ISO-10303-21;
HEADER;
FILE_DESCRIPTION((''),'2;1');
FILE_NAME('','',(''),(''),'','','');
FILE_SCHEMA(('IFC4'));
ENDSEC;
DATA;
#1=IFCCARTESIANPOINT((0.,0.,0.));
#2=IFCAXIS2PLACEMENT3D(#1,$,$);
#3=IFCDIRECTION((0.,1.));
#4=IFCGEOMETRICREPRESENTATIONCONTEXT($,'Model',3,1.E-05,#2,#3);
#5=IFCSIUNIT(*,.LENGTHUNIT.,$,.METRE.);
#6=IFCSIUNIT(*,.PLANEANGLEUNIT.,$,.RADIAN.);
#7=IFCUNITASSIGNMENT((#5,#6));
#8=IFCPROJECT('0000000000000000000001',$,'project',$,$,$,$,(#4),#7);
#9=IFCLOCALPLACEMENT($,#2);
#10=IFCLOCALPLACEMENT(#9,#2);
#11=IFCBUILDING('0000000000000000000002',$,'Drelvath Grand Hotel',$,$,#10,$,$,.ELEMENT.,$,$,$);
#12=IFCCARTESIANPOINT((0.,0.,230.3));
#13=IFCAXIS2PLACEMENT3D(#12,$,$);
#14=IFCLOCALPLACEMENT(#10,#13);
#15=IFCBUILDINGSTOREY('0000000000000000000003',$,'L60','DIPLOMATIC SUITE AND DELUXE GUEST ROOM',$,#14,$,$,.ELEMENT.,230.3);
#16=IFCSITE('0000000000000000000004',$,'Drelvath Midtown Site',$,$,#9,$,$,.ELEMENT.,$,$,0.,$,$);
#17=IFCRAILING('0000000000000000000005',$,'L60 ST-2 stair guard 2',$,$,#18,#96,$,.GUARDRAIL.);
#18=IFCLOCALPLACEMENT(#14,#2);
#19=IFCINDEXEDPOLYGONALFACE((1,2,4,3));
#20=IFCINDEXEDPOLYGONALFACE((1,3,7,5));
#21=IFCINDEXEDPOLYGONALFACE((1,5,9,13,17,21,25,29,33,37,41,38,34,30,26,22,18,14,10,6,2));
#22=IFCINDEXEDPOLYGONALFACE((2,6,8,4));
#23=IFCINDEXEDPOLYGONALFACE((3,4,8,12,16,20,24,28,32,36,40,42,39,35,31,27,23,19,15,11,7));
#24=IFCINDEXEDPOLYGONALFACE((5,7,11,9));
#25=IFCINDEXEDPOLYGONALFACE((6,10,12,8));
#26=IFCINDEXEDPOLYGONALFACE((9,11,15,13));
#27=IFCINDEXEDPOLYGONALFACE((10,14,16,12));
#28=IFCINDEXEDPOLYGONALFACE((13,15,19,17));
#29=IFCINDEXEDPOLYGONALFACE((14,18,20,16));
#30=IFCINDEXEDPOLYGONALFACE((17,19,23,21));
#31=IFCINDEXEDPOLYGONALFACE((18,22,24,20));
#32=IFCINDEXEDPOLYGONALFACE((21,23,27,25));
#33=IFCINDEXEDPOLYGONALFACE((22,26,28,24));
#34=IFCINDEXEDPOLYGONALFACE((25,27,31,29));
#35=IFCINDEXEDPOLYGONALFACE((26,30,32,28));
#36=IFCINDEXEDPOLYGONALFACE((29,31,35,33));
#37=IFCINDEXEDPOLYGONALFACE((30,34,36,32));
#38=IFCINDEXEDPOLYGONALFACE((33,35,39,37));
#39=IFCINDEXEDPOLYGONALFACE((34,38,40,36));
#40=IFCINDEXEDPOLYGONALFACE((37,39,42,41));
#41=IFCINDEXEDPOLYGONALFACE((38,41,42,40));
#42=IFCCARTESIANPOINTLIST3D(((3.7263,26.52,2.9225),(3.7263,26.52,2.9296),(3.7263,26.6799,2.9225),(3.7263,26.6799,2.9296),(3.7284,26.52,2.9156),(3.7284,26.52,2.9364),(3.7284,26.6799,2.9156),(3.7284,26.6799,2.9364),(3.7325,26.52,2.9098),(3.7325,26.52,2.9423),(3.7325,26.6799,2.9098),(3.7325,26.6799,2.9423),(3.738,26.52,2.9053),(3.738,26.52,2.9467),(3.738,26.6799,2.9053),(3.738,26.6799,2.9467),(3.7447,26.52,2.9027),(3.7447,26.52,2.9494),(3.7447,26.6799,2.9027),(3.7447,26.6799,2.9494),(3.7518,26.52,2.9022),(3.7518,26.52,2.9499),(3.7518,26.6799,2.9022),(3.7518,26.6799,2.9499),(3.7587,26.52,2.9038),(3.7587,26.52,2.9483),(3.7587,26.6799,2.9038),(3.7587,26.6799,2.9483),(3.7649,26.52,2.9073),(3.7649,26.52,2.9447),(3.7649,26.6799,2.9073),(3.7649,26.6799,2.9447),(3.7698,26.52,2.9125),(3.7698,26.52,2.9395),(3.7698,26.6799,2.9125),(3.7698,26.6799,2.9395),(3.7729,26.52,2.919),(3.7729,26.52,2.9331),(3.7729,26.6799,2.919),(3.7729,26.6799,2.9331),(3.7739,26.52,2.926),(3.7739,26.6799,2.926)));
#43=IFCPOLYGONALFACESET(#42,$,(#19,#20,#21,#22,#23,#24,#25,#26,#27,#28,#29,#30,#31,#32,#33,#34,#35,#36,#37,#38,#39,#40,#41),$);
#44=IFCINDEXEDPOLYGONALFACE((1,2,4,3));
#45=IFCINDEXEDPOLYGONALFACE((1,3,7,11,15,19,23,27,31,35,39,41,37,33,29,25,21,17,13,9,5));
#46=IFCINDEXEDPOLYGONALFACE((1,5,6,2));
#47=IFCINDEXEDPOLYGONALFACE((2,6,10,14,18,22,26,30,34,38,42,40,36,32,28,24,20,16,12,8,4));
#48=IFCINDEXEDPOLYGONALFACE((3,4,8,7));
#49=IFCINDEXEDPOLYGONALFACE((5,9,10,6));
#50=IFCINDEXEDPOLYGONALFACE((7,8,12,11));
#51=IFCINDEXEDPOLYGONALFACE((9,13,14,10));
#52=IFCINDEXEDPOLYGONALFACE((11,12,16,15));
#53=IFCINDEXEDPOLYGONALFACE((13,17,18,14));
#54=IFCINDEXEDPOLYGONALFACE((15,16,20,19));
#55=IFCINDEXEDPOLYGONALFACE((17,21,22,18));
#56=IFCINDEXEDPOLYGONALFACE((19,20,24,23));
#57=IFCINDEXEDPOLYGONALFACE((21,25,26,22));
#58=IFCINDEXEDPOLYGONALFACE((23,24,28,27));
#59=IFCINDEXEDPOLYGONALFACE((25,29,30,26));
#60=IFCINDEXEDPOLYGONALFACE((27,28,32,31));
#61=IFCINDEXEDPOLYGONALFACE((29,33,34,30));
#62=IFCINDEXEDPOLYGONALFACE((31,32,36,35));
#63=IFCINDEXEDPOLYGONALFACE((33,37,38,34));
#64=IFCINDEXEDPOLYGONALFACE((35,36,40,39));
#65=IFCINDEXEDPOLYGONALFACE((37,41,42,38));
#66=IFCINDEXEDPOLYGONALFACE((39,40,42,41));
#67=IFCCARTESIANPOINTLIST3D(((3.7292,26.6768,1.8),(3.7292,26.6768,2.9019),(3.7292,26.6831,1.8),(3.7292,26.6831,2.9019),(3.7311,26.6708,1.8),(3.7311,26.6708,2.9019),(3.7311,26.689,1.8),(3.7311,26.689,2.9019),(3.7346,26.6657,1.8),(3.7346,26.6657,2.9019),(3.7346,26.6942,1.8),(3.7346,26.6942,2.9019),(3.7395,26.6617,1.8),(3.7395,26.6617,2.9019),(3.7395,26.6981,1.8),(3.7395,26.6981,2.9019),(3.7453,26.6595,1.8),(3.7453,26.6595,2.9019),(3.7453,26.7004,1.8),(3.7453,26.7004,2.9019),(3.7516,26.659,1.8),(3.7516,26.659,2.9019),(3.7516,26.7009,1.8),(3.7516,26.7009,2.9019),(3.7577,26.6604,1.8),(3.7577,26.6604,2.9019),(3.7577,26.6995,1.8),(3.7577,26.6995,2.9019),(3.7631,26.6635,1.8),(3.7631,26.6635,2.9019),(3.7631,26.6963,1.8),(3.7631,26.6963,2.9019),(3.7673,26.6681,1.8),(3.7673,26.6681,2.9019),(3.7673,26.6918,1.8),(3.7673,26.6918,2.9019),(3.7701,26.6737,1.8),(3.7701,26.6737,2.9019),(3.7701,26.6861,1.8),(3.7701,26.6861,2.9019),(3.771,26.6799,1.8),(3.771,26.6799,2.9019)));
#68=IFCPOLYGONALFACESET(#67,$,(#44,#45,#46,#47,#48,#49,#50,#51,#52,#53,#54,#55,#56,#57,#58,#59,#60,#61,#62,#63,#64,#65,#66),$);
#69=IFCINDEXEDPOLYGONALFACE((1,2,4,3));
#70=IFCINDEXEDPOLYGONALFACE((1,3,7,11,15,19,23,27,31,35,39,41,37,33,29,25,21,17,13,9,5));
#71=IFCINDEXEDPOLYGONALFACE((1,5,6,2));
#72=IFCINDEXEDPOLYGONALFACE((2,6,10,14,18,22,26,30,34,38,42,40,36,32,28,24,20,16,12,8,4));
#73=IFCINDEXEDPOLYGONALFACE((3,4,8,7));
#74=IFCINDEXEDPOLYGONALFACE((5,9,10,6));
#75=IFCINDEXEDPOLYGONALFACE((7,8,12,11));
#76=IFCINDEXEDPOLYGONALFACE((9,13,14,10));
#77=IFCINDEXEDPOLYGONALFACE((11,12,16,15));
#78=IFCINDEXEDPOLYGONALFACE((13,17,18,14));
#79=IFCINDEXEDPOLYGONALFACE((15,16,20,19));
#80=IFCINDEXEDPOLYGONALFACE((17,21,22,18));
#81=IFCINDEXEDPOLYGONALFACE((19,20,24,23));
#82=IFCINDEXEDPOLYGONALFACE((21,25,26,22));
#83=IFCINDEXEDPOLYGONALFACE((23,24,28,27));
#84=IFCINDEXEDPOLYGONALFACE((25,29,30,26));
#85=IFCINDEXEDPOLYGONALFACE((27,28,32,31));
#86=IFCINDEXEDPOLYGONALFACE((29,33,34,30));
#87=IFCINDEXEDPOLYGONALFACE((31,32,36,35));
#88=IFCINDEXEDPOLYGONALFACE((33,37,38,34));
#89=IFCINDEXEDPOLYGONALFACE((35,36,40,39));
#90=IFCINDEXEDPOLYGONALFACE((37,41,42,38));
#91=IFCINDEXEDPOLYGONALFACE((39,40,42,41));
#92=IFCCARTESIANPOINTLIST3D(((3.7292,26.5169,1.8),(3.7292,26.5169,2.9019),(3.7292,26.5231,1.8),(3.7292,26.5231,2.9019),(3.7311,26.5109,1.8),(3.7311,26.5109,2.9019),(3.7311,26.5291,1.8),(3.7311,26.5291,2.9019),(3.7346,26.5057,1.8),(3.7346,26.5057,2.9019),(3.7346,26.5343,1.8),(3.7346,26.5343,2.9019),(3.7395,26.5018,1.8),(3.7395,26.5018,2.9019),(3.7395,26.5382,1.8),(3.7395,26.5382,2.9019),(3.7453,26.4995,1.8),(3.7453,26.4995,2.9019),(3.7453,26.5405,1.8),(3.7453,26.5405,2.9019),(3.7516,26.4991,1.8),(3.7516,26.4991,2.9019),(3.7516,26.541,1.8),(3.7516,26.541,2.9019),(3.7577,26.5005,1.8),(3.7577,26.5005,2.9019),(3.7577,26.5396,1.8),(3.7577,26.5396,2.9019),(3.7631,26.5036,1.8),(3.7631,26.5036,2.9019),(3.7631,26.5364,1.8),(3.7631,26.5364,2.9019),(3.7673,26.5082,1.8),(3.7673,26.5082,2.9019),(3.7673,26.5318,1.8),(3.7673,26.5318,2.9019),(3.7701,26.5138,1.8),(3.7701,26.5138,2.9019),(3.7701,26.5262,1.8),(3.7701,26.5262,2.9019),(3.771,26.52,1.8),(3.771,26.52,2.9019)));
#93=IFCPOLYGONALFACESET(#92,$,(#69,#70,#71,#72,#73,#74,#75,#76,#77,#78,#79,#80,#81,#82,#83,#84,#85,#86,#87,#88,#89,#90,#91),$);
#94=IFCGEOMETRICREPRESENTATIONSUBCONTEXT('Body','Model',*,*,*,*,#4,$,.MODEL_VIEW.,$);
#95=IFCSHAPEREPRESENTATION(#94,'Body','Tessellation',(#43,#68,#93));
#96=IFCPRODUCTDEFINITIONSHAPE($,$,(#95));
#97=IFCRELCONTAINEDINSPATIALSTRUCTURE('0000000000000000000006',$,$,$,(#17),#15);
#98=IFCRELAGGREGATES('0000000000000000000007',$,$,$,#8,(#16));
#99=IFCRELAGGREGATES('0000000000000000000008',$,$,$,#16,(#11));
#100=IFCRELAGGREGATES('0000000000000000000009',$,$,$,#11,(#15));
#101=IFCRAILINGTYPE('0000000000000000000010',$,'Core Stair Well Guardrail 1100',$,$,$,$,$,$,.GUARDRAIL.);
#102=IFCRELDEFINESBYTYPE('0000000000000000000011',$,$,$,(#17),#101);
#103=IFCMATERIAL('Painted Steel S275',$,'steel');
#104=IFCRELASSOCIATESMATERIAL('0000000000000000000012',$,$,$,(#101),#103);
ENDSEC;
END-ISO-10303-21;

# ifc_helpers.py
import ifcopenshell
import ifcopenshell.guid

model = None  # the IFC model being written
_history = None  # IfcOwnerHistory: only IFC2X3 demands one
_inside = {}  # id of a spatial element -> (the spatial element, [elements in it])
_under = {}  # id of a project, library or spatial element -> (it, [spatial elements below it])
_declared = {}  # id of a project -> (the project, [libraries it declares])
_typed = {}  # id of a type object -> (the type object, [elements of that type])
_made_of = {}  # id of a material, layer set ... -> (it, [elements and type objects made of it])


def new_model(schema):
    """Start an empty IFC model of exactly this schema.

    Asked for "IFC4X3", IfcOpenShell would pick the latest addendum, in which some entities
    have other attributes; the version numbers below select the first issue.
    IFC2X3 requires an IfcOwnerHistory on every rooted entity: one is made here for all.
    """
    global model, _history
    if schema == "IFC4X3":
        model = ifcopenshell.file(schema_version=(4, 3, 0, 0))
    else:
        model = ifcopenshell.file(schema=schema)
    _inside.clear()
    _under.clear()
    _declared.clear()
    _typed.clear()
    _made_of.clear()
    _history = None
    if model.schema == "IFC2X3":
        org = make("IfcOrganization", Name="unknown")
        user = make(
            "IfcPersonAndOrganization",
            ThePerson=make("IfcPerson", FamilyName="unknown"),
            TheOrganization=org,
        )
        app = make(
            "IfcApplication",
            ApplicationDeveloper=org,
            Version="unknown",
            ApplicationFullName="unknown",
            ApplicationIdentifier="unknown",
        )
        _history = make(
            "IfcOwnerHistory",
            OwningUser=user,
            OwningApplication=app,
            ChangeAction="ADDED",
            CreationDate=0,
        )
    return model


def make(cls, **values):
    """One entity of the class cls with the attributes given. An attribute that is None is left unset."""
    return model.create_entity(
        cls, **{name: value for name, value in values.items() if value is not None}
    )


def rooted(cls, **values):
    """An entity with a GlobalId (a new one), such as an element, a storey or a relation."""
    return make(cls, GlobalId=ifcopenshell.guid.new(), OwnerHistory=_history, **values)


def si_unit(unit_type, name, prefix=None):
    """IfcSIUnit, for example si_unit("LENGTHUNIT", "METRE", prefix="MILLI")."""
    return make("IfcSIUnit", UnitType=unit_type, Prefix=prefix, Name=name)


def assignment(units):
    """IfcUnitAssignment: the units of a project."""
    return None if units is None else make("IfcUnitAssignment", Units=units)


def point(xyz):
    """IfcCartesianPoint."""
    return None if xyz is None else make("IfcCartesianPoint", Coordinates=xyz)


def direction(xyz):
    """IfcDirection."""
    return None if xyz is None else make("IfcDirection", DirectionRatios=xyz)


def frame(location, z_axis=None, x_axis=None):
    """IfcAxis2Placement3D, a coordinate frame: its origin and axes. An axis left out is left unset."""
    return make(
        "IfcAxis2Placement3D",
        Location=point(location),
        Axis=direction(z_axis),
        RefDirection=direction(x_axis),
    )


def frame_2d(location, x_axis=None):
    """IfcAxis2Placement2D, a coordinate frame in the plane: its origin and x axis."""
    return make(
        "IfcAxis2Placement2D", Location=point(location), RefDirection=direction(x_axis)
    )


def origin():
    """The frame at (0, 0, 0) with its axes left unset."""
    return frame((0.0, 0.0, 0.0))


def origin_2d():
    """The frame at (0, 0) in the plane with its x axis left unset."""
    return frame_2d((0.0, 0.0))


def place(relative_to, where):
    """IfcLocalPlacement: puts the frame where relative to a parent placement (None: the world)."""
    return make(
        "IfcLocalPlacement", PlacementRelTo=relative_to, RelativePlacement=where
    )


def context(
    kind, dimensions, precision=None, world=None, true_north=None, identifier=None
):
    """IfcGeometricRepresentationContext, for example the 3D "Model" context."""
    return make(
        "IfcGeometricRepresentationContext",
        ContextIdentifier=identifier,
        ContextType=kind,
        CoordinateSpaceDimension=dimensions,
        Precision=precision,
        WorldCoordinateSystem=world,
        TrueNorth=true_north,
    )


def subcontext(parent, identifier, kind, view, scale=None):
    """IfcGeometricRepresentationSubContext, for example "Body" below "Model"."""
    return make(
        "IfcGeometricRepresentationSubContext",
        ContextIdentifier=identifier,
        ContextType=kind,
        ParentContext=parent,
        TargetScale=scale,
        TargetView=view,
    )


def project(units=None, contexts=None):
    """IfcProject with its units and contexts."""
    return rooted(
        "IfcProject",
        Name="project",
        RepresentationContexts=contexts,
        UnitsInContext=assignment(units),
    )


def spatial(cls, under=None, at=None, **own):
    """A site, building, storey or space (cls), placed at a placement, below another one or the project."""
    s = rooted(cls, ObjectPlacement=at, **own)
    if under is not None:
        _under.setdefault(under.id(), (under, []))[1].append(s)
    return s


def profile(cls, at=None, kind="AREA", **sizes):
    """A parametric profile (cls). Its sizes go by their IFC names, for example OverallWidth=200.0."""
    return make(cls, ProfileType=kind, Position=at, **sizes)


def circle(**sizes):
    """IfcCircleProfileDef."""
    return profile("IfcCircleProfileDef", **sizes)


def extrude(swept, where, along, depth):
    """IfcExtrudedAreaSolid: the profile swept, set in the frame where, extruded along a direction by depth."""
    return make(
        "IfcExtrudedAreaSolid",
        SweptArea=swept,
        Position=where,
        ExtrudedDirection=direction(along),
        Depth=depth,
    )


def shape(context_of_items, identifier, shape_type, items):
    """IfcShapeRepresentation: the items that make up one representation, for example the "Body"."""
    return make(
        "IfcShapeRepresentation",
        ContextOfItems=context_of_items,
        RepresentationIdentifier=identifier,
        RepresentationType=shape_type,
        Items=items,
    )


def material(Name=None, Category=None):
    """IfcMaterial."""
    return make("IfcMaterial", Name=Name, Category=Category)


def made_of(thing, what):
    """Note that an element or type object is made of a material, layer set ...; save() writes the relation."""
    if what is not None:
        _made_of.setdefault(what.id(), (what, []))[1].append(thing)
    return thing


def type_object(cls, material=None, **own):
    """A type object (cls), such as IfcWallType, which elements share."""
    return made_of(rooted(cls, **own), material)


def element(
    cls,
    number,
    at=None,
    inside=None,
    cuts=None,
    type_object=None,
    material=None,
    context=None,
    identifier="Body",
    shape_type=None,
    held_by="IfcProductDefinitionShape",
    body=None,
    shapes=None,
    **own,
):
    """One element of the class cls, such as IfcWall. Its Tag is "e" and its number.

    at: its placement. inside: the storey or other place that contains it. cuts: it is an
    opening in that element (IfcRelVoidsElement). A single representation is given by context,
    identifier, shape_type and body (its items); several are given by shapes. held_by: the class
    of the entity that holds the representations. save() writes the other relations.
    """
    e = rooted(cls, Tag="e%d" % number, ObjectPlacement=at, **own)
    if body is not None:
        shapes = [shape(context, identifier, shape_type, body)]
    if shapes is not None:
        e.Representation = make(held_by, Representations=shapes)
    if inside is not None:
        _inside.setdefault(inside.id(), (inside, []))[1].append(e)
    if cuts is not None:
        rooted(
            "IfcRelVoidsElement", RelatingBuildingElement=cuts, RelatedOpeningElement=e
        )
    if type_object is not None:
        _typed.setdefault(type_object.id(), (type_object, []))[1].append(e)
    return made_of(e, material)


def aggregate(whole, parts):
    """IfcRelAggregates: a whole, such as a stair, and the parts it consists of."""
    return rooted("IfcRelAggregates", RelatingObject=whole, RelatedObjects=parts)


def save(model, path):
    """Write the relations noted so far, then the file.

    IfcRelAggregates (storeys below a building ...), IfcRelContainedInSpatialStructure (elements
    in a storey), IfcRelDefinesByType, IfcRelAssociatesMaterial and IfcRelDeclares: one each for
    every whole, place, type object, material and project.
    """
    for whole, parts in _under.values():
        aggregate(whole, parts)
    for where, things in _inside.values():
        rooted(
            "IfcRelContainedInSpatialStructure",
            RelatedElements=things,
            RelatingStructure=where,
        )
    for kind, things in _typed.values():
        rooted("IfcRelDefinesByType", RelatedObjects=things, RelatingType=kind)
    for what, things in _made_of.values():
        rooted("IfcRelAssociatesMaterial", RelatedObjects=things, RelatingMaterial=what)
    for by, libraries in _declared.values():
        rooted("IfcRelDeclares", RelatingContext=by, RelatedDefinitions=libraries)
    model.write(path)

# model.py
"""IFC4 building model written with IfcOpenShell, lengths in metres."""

from ifc_helpers import new_model, si_unit, direction, frame, origin, origin_2d, place, context, subcontext, project, spatial, circle, extrude, material, type_object, element, save


model = new_model("IFC4")

# Units and contexts
model_context = context("Model", 3, precision=1e-05, world=origin(), true_north=direction((0.0, 1.0)))
body_context = subcontext(model_context, "Body", "Model", "MODEL_VIEW")
ifc_project = project(units=[si_unit("LENGTHUNIT", "METRE"), si_unit("PLANEANGLEUNIT", "RADIAN")], contexts=[model_context])

# Site, building, storey
site_placement = place(None, origin())
site = spatial("IfcSite", under=ifc_project, at=site_placement, Name="Drelvath Midtown Site", CompositionType="ELEMENT", RefElevation=0.0)
building_placement = place(site_placement, origin())
building = spatial("IfcBuilding", under=site, at=building_placement, Name="Drelvath Grand Hotel", CompositionType="ELEMENT")
storey_placement = place(building_placement, frame((0.0, 0.0, 230.3)))
storey = spatial("IfcBuildingStorey", under=building, at=storey_placement, Name="L60", Description="DIPLOMATIC SUITE AND DELUXE GUEST ROOM", CompositionType="ELEMENT", Elevation=230.3)

# Railing
ifc_material_1 = material(Name="Painted Steel S275", Category="steel")
railing_type_1 = type_object("IfcRailingType", Name="Core Stair Well Guardrail 1100", PredefinedType="GUARDRAIL", material=ifc_material_1)
railing_1_placement = place(storey_placement, frame((3.75, 26.6799, 1.8)))
element("IfcRailing", 1, at=railing_1_placement, inside=storey, type_object=railing_type_1, Name="L60 ST-2 stair guard 2", PredefinedType="GUARDRAIL", context=body_context, shape_type="SweptSolid", body=[
    extrude(circle(Radius=0.0239, at=origin_2d()), frame((0.0, 0.0, 1.126), z_axis=(0.0, -1.0, 0.0), x_axis=(1.0, 0.0, 0.0)), (0.0, 0.0, 1.0), 0.1599),
    extrude(circle(Radius=0.021, at=origin_2d()), origin(), (0.0, 0.0, 1.0), 1.1018),
    extrude(circle(Radius=0.021, at=origin_2d()), frame((0.0, -0.1599, 0.0)), (0.0, 0.0, 1.0), 1.1018),
])

save(model, "model.ifc")
